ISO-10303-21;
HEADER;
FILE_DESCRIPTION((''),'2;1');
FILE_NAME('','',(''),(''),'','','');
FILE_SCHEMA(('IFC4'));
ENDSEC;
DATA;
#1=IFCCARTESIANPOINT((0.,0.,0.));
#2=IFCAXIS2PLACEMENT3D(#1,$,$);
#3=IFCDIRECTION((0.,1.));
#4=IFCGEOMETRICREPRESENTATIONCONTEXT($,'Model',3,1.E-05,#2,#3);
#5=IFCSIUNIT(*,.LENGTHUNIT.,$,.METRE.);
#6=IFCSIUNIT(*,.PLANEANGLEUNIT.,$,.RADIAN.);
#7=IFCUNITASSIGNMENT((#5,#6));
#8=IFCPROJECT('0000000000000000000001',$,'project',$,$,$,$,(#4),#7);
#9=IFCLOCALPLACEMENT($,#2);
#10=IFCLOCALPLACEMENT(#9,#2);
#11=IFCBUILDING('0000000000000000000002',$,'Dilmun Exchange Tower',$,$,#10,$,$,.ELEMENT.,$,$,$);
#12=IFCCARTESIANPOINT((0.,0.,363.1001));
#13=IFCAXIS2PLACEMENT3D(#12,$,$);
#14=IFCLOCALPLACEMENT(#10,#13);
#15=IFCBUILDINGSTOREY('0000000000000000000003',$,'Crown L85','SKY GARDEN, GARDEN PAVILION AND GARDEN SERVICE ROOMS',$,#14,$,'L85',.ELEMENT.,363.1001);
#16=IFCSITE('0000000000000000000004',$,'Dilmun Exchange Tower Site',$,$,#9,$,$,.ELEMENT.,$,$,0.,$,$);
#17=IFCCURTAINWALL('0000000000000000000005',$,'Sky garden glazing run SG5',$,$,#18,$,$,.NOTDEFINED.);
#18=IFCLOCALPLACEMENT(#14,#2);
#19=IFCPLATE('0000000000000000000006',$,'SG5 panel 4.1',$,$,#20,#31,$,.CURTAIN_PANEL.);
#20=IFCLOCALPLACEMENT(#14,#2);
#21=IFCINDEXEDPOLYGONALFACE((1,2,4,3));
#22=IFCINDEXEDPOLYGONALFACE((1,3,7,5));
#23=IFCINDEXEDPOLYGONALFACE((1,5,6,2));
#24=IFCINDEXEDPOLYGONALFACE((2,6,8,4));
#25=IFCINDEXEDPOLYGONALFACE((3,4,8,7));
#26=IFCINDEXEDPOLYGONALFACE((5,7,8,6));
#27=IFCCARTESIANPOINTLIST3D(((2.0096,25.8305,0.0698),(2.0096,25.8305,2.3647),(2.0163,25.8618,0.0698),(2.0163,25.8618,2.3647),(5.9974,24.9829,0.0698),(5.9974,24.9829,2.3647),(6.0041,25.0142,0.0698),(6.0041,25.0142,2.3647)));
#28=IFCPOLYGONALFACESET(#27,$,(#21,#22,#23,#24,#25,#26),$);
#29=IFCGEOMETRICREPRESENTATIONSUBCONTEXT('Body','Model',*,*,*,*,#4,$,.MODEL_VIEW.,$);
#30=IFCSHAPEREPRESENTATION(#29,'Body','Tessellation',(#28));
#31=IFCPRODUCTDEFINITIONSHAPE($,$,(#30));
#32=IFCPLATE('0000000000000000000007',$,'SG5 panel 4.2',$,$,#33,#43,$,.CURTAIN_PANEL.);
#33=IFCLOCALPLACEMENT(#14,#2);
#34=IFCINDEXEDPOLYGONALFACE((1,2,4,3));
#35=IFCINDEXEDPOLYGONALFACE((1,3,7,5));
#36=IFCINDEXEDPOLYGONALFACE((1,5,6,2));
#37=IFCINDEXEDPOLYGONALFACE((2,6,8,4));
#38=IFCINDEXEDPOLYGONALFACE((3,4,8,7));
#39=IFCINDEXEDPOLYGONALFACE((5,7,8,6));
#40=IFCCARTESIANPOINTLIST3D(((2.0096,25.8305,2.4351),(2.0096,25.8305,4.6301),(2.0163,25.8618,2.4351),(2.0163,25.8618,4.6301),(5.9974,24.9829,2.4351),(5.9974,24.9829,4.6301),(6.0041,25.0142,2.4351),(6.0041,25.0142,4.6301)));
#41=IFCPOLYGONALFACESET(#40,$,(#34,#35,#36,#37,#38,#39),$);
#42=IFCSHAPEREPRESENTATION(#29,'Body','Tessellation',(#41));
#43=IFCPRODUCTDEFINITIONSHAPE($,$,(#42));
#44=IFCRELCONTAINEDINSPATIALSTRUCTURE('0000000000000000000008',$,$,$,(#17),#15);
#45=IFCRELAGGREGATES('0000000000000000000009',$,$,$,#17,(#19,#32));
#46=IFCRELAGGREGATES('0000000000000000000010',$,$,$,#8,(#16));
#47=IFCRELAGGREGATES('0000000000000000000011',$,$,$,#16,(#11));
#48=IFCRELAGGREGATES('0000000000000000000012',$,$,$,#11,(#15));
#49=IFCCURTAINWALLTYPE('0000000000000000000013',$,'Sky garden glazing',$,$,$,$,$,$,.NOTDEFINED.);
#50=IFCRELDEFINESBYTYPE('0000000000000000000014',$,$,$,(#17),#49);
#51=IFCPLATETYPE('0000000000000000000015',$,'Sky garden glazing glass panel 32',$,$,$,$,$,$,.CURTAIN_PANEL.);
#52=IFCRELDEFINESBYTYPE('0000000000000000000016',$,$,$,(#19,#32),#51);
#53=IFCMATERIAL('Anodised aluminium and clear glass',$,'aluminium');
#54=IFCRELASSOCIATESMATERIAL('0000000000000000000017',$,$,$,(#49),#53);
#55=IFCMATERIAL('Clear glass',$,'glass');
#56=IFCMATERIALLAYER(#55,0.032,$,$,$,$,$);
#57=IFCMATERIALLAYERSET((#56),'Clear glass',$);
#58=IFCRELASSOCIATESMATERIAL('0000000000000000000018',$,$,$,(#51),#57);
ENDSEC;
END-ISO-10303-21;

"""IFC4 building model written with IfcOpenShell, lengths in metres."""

from ifc_helpers import new_model, si_unit, direction, frame, origin, origin_2d, place, context, subcontext, project, spatial, rectangle, extrude, material, layer, layer_set, type_object, element, aggregate, save


model = new_model("IFC4")

# Units and contexts
model_context = context("Model", 3, precision=1e-05, world=origin(), true_north=direction((0.0, 1.0)))
body_context = subcontext(model_context, "Body", "Model", "MODEL_VIEW")
ifc_project = project(units=[si_unit("LENGTHUNIT", "METRE"), si_unit("PLANEANGLEUNIT", "RADIAN")], contexts=[model_context])

# Site, building, storey
site_placement = place(None, origin())
site = spatial("IfcSite", under=ifc_project, at=site_placement, Name="Dilmun Exchange Tower Site", CompositionType="ELEMENT", RefElevation=0.0)
building_placement = place(site_placement, origin())
building = spatial("IfcBuilding", under=site, at=building_placement, Name="Dilmun Exchange Tower", CompositionType="ELEMENT")
storey_placement = place(building_placement, frame((0.0, 0.0, 363.1001)))
storey = spatial("IfcBuildingStorey", under=building, at=storey_placement, Name="Crown L85", Description="SKY GARDEN, GARDEN PAVILION AND GARDEN SERVICE ROOMS", LongName="L85", CompositionType="ELEMENT", Elevation=363.1001)

# Curtain wall
ifc_material_1 = material(Name="Anodised aluminium and clear glass", Category="aluminium")
curtain_wall_type = type_object("IfcCurtainWallType", Name="Sky garden glazing", PredefinedType="NOTDEFINED", material=ifc_material_1)
curtain_wall_placement = place(storey_placement, origin())
curtain_wall = element("IfcCurtainWall", 1, at=curtain_wall_placement, inside=storey, type_object=curtain_wall_type, Name="Sky garden glazing run SG5", PredefinedType="NOTDEFINED")

# Plates
ifc_material_2 = material(Name="Clear glass", Category="glass")
ifc_layer = layer(ifc_material_2, 0.032)
ifc_layer_set = layer_set([ifc_layer], Name="Clear glass")
plate_type = type_object("IfcPlateType", Name="Sky garden glazing glass panel 32", PredefinedType="CURTAIN_PANEL", material=ifc_layer_set)
plate_1_placement = place(storey_placement, frame((4.0068, 25.4224, 0.0698), z_axis=(0.0, 0.0, 1.0), x_axis=(-0.978148, 0.20791, 0.0)))
plate_1 = element("IfcPlate", 2, at=plate_1_placement, type_object=plate_type, Name="SG5 panel 4.1", PredefinedType="CURTAIN_PANEL", context=body_context, shape_type="SweptSolid", body=[
    extrude(rectangle(XDim=4.0769, YDim=0.032, at=origin_2d()), origin(), (0.0, 0.0, 1.0), 2.2949),
])
plate_2_placement = place(storey_placement, frame((4.0068, 25.4224, 2.4351), z_axis=(0.0, 0.0, 1.0), x_axis=(-0.978148, 0.20791, 0.0)))
plate_2 = element("IfcPlate", 3, at=plate_2_placement, type_object=plate_type, Name="SG5 panel 4.2", PredefinedType="CURTAIN_PANEL", context=body_context, shape_type="SweptSolid", body=[
    extrude(rectangle(XDim=4.0769, YDim=0.032, at=origin_2d()), origin(), (0.0, 0.0, 1.0), 2.1951),
])
aggregate(curtain_wall, [plate_1, plate_2])

save(model, "model.ifc")
